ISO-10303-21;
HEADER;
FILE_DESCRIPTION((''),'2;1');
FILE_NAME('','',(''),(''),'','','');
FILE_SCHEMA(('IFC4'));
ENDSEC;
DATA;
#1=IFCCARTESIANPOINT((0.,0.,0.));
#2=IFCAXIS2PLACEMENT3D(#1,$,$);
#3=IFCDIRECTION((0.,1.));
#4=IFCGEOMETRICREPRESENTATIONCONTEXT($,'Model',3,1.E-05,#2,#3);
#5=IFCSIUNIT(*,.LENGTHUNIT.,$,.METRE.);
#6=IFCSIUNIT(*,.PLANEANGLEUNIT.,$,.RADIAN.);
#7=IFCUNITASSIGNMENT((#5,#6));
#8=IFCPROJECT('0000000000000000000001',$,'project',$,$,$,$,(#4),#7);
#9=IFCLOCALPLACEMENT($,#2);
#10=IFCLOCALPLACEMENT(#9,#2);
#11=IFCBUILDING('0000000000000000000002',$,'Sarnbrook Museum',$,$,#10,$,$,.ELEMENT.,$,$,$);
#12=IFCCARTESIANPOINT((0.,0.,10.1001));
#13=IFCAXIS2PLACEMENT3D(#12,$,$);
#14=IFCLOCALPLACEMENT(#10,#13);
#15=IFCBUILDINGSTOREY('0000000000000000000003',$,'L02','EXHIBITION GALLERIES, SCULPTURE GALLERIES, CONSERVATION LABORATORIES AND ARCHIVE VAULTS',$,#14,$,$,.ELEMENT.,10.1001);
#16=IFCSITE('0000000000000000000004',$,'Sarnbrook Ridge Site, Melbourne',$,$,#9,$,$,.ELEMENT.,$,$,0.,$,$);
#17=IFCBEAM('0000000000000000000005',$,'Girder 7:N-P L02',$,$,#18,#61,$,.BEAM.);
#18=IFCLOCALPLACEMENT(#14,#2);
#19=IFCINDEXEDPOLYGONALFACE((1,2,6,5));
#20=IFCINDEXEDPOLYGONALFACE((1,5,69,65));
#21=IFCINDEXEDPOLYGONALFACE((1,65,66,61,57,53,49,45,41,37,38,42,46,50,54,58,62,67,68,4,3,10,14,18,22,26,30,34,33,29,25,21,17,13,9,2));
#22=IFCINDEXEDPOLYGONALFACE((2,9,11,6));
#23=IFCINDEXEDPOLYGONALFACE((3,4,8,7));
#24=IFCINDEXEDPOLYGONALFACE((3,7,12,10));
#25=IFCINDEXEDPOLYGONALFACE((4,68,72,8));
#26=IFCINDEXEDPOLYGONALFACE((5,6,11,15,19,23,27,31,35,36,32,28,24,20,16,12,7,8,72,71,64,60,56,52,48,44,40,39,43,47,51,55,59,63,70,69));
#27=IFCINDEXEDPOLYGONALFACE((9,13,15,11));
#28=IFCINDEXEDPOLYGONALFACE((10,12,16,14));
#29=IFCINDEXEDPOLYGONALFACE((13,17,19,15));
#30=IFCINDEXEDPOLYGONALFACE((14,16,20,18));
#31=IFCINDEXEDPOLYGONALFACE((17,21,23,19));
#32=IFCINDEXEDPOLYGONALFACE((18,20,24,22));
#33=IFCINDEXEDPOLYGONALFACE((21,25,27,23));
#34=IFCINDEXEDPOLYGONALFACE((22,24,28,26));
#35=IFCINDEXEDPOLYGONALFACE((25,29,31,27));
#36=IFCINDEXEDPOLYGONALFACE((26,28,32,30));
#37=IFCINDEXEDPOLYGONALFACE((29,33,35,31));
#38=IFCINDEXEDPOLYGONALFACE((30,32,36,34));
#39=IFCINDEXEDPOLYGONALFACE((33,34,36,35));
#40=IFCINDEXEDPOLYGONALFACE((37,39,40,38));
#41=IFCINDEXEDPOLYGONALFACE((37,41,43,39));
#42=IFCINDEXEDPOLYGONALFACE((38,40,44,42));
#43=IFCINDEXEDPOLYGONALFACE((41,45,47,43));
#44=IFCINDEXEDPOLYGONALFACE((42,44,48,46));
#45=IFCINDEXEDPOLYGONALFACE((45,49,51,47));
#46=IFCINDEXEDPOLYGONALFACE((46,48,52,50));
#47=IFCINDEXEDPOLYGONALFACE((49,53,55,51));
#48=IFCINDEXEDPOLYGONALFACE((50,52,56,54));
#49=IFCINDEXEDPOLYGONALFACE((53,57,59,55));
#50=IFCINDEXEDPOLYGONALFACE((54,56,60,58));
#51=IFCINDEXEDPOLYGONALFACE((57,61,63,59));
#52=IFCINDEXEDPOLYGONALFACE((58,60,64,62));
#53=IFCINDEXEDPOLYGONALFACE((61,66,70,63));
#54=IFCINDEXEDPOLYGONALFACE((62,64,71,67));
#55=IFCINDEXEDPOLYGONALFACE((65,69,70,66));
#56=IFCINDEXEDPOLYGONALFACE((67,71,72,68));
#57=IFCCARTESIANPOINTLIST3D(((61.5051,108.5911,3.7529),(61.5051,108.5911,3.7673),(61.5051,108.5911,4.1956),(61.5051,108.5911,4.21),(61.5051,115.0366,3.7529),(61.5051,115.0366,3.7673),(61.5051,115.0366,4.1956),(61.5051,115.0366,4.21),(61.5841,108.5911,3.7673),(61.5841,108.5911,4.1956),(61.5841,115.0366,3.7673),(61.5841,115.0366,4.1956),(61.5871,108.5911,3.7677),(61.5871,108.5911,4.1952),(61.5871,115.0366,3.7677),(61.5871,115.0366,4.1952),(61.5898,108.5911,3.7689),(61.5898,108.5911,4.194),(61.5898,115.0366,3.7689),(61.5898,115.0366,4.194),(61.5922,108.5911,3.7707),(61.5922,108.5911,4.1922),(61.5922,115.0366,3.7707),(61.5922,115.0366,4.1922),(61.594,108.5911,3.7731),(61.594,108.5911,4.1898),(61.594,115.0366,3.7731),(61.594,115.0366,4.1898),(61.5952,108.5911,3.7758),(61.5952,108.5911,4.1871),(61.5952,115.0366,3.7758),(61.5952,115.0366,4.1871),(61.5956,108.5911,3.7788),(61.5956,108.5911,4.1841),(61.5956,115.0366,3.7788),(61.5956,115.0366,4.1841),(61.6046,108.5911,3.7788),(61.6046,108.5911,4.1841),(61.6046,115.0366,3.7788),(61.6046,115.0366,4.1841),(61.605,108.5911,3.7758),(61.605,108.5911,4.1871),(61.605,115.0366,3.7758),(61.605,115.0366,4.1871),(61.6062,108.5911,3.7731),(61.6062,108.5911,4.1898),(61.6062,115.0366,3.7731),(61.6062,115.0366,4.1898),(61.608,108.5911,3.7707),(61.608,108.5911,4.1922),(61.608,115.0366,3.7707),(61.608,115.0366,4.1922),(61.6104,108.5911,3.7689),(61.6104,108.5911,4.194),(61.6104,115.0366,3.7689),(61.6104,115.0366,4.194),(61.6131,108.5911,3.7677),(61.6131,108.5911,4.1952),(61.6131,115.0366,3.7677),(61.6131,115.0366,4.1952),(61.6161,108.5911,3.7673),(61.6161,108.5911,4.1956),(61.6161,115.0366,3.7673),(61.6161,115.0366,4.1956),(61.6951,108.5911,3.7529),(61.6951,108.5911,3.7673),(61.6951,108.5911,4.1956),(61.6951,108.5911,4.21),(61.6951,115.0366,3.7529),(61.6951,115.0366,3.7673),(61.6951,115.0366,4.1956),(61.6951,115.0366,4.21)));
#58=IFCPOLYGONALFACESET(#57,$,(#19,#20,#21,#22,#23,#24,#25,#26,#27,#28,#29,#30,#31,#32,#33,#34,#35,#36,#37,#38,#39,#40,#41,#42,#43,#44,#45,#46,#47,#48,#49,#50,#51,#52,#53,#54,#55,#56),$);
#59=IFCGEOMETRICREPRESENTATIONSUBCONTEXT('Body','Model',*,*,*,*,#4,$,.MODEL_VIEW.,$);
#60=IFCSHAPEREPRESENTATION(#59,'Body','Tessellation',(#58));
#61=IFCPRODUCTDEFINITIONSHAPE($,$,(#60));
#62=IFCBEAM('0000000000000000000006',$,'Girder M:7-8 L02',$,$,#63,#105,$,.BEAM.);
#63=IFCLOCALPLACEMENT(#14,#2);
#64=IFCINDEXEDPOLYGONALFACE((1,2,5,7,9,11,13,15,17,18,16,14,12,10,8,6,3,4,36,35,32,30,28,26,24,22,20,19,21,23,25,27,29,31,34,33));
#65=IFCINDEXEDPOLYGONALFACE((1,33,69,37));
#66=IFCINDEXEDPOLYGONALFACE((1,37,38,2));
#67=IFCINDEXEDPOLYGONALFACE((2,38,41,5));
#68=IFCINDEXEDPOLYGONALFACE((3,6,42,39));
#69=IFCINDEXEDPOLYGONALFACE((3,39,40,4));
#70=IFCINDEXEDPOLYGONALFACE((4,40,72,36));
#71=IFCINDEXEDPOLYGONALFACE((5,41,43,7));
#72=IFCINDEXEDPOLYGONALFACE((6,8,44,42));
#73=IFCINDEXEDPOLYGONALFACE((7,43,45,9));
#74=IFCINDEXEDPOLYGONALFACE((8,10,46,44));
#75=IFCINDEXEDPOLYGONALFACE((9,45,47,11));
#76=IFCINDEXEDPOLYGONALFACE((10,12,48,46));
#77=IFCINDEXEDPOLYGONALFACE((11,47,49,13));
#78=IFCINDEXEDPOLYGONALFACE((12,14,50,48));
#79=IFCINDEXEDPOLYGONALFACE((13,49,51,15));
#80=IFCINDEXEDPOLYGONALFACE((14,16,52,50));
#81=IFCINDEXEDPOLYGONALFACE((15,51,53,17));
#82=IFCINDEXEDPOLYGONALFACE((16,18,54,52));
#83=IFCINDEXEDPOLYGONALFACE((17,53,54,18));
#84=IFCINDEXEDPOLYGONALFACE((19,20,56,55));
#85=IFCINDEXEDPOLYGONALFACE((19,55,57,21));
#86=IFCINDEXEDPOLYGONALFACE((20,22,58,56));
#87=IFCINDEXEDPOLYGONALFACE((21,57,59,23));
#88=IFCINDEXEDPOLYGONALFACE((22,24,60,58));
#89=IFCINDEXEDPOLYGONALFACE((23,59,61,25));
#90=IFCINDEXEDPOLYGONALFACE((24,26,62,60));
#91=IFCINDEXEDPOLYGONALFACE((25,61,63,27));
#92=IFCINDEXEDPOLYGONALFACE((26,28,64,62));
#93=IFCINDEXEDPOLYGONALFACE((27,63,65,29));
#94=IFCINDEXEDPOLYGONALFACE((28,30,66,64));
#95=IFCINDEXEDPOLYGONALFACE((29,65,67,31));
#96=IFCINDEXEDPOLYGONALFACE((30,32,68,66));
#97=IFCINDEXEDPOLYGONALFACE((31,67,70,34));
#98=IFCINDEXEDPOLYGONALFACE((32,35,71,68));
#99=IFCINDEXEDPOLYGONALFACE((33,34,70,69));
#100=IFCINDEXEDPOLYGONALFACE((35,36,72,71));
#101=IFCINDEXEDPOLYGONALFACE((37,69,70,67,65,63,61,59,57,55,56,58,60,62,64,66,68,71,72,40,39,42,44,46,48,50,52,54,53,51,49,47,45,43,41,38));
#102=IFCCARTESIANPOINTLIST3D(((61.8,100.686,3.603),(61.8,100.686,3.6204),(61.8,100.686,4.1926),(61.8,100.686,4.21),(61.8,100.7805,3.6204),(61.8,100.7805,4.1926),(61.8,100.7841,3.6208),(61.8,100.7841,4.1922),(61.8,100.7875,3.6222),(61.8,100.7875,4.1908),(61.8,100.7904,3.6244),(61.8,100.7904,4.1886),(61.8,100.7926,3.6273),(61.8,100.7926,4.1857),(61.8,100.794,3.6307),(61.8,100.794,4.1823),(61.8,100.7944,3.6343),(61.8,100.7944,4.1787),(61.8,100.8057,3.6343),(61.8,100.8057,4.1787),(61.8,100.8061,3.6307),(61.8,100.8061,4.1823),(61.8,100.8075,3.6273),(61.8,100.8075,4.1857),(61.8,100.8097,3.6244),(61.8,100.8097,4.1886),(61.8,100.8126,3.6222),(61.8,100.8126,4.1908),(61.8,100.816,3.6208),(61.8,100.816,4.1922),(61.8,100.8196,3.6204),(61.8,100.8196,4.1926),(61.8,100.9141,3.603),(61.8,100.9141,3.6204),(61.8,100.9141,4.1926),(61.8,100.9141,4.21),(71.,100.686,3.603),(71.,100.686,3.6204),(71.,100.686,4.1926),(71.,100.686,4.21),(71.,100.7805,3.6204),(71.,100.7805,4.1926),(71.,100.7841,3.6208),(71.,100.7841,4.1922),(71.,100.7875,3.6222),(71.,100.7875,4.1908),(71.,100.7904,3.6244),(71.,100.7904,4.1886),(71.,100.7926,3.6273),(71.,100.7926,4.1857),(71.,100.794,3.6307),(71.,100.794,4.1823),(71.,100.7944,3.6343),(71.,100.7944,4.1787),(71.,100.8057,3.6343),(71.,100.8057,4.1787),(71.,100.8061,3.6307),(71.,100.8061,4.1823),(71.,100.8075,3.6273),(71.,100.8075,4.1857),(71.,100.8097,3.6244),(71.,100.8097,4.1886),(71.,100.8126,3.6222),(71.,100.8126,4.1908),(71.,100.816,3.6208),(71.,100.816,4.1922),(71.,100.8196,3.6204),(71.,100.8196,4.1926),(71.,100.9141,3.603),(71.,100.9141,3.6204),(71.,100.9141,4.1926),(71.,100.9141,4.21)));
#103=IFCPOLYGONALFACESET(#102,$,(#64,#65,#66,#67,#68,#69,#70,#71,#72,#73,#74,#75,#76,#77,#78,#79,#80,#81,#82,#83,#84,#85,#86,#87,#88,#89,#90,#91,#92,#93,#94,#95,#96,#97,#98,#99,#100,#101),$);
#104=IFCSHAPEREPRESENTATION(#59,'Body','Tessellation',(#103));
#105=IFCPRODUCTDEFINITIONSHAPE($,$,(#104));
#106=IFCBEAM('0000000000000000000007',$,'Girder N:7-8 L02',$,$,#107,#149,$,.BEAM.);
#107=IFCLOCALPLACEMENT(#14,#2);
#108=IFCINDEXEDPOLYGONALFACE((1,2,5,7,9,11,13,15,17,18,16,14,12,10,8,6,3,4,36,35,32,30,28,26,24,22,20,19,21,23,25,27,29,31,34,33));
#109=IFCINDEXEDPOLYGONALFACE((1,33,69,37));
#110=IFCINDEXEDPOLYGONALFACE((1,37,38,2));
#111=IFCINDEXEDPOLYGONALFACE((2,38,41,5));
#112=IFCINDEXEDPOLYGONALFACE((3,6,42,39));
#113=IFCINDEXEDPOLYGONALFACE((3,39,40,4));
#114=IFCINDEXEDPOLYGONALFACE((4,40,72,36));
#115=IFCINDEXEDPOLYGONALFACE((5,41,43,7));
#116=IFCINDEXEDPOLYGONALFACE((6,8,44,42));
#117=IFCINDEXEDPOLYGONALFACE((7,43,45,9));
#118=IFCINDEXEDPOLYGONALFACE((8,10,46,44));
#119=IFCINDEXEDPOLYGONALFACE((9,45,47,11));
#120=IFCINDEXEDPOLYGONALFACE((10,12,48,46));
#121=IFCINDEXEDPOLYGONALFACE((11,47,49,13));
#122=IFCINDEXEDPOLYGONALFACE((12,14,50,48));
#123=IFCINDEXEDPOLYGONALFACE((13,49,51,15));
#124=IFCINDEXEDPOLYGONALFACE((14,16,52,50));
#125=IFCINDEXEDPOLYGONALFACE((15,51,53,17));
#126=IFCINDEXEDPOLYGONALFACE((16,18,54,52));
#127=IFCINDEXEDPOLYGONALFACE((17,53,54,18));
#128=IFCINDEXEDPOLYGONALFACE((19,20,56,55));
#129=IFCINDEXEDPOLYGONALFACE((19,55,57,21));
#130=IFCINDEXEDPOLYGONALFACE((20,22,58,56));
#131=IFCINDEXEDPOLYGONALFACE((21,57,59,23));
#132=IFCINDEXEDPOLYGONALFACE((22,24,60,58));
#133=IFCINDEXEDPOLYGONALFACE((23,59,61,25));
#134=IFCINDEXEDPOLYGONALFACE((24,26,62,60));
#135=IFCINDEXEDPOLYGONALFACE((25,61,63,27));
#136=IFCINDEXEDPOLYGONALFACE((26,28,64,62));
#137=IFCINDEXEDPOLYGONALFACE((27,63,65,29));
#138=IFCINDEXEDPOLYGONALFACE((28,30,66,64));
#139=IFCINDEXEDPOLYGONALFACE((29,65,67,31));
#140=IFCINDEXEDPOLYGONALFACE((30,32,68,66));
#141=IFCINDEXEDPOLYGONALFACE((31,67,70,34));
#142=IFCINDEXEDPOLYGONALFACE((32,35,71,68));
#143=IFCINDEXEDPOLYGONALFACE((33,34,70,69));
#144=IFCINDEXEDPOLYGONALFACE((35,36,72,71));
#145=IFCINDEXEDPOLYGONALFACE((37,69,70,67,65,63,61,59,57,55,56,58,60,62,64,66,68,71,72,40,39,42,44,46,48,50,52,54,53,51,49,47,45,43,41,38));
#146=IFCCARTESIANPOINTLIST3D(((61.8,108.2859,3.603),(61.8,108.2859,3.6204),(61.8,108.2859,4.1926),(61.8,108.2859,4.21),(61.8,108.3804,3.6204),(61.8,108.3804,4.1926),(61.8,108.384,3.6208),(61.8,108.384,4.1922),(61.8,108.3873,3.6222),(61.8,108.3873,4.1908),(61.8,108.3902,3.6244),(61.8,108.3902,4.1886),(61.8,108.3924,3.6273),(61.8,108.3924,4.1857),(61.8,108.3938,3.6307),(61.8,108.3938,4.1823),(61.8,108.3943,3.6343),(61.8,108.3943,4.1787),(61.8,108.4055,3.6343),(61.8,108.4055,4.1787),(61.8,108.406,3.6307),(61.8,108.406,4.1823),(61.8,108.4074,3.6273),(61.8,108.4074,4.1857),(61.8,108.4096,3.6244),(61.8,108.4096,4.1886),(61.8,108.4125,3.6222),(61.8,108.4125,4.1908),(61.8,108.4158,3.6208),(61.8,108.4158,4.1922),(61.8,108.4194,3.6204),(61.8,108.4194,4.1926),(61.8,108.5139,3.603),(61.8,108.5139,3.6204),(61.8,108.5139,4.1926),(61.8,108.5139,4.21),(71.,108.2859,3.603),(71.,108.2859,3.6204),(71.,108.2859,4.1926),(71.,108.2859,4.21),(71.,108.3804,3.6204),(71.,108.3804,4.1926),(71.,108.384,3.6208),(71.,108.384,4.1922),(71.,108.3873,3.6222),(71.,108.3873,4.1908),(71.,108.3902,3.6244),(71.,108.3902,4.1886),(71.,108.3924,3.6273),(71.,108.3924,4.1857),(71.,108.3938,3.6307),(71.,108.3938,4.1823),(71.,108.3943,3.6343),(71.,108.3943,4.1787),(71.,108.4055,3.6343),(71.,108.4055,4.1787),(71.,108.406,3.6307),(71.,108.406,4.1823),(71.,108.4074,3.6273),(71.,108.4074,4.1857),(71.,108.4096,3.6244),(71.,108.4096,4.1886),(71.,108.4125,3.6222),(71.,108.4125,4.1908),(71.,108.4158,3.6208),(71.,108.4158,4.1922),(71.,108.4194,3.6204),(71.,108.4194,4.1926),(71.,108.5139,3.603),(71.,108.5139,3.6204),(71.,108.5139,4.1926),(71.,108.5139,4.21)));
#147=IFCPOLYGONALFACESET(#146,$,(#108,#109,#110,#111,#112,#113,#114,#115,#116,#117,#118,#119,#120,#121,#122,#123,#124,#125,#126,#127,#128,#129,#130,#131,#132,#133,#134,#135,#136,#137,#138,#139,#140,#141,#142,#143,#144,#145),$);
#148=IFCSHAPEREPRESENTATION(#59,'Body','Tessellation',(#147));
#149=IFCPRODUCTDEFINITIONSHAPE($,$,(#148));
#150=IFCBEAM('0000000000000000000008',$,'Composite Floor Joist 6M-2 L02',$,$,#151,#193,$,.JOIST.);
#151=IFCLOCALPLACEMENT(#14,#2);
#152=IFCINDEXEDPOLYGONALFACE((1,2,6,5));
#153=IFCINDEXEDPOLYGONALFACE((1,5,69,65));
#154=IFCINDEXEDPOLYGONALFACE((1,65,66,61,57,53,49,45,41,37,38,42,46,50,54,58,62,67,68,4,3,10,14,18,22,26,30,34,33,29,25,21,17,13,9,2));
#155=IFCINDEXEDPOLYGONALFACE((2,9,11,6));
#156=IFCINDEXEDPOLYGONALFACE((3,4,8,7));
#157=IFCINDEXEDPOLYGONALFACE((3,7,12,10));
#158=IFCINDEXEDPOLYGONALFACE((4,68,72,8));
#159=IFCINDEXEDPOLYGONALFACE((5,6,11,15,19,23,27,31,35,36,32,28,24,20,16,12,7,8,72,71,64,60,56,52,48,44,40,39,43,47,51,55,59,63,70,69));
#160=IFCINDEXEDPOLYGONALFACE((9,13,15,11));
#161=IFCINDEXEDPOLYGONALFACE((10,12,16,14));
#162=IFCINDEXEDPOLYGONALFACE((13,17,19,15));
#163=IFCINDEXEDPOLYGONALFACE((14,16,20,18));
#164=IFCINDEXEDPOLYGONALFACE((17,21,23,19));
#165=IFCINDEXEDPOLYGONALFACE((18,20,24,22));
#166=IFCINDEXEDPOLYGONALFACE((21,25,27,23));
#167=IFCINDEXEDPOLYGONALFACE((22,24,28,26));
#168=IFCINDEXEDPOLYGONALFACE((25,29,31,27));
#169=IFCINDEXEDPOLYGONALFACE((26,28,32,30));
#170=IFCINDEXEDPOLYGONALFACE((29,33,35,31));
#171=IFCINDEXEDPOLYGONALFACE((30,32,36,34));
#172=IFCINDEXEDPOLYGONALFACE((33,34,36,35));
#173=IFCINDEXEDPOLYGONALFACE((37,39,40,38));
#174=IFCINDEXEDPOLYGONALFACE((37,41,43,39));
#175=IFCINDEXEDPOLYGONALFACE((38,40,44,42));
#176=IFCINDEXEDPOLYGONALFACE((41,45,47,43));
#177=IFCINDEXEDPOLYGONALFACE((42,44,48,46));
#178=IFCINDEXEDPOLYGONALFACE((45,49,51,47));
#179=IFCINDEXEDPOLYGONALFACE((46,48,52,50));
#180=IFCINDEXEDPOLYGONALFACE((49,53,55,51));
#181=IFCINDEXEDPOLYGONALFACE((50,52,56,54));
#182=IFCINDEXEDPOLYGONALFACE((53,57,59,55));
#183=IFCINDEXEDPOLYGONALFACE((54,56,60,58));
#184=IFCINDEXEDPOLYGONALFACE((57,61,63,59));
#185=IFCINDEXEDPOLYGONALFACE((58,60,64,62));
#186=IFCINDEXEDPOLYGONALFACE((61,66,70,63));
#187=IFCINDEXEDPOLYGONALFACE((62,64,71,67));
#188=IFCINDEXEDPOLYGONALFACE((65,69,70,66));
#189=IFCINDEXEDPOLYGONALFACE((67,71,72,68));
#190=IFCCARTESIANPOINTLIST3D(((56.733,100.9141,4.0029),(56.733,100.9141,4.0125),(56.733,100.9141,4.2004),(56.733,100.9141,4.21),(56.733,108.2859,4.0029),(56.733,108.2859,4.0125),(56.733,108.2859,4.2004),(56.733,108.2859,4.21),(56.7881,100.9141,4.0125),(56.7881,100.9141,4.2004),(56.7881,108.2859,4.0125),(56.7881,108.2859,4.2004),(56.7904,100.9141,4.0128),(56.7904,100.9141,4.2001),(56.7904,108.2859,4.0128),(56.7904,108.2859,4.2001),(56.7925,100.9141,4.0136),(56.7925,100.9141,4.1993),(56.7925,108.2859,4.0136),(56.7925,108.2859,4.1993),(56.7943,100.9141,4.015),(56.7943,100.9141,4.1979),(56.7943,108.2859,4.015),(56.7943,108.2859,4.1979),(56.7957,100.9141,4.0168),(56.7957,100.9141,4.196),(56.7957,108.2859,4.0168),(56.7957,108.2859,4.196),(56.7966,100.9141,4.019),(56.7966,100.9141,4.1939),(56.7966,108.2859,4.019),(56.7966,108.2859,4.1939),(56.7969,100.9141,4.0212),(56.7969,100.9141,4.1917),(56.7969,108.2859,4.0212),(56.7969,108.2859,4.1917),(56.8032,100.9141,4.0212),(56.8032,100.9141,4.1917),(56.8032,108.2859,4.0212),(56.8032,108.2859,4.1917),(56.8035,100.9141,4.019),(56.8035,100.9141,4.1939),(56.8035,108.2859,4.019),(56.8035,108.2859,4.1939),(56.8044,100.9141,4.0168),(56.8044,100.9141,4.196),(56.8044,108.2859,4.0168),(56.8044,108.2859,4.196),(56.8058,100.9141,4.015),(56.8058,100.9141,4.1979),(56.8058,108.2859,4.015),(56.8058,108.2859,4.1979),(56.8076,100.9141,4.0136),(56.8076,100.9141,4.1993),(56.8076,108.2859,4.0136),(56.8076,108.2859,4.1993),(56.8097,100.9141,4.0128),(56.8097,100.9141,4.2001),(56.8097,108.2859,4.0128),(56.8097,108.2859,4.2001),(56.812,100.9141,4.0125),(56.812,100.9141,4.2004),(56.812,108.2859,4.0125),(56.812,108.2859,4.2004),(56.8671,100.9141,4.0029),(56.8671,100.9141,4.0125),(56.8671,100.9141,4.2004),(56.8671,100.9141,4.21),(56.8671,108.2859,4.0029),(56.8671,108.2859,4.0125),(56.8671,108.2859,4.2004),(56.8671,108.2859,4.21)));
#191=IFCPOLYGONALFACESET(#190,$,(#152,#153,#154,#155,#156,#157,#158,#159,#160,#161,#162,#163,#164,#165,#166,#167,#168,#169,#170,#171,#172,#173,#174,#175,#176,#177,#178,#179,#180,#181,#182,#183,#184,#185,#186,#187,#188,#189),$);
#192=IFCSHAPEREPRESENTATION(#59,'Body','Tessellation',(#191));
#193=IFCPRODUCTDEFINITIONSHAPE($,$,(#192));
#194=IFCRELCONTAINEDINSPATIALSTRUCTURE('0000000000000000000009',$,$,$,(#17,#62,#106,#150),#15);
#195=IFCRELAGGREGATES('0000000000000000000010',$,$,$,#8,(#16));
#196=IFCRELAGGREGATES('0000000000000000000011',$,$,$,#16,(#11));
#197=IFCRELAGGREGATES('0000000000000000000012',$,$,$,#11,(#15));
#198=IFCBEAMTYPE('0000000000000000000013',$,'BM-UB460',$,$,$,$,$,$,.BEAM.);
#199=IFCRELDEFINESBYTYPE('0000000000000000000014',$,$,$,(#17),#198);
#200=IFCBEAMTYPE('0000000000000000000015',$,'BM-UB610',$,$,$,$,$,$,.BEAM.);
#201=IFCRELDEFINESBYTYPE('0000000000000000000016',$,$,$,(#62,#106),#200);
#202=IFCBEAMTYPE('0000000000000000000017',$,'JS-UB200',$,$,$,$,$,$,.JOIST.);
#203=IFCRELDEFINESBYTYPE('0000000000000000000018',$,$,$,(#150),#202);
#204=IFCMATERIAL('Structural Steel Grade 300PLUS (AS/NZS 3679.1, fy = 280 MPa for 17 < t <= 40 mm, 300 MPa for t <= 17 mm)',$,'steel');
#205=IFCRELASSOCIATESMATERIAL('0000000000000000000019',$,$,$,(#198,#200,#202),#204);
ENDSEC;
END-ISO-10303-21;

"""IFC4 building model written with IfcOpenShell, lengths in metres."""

from ifc_helpers import new_model, si_unit, direction, frame, origin, origin_2d, place, context, subcontext, project, spatial, i_section, extrude, material, material_profile, profile_set, type_object, element, save


model = new_model("IFC4")

# Units and contexts
model_context = context("Model", 3, precision=1e-05, world=origin(), true_north=direction((0.0, 1.0)))
body_context = subcontext(model_context, "Body", "Model", "MODEL_VIEW")
ifc_project = project(units=[si_unit("LENGTHUNIT", "METRE"), si_unit("PLANEANGLEUNIT", "RADIAN")], contexts=[model_context])

# Site, building, storey
site_placement = place(None, origin())
site = spatial("IfcSite", under=ifc_project, at=site_placement, Name="Sarnbrook Ridge Site, Melbourne", CompositionType="ELEMENT", RefElevation=0.0)
building_placement = place(site_placement, origin())
building = spatial("IfcBuilding", under=site, at=building_placement, Name="Sarnbrook Museum", CompositionType="ELEMENT")
storey_placement = place(building_placement, frame((0.0, 0.0, 10.1001)))
storey = spatial("IfcBuildingStorey", under=building, at=storey_placement, Name="L02", Description="EXHIBITION GALLERIES, SCULPTURE GALLERIES, CONSERVATION LABORATORIES AND ARCHIVE VAULTS", CompositionType="ELEMENT", Elevation=10.1001)

# Shared definitions
ifc_material_1 = material(Name="Structural Steel Grade 300PLUS (AS/NZS 3679.1, fy = 280 MPa for 17 < t <= 40 mm, 300 MPa for t <= 17 mm)", Category="steel")

# Beams
ifc_material_profile_1 = material_profile(ifc_material_1, i_section(OverallWidth=0.1899, OverallDepth=0.457, WebThickness=0.009, FlangeThickness=0.0144, FilletRadius=0.0115, at=origin_2d()), Name="460UB74.6")
ifc_profile_set_1 = profile_set([ifc_material_profile_1], Name="Structural Steel Grade 300PLUS (AS/NZS 3679.1, fy = 280 MPa for 17 < t <= 40 mm, 300 MPa for t <= 17 mm)")
beam_type_1 = type_object("IfcBeamType", Name="BM-UB460", PredefinedType="BEAM", material=ifc_profile_set_1)
beam_1_placement = place(storey_placement, frame((61.6001, 108.5911, 3.9814), z_axis=(0.0, 1.0, 0.0), x_axis=(-1.0, 0.0, 0.0)))
element("IfcBeam", 1, at=beam_1_placement, inside=storey, type_object=beam_type_1, Name="Girder 7:N-P L02", PredefinedType="BEAM", context=body_context, shape_type="SweptSolid", body=[
    extrude(i_section(OverallWidth=0.1899, OverallDepth=0.457, WebThickness=0.009, FlangeThickness=0.0144, FilletRadius=0.0115, at=origin_2d()), origin(), (0.0, 0.0, 1.0), 6.4456),
])
ifc_material_profile_2 = material_profile(ifc_material_1, i_section(OverallWidth=0.228, OverallDepth=0.6069, WebThickness=0.0112, FlangeThickness=0.0173, FilletRadius=0.0139, at=origin_2d()), Name="610UB113")
ifc_profile_set_2 = profile_set([ifc_material_profile_2], Name="Structural Steel Grade 300PLUS (AS/NZS 3679.1, fy = 280 MPa for 17 < t <= 40 mm, 300 MPa for t <= 17 mm)")
beam_type_2 = type_object("IfcBeamType", Name="BM-UB610", PredefinedType="BEAM", material=ifc_profile_set_2)
for number, where, z_axis, x_axis, name in (
    (2, (61.8, 100.8, 3.9065), (1.0, 0.0, 0.0), (0.0, 1.0, 0.0), "Girder M:7-8 L02"),
    (3, (61.8, 108.3999, 3.9065), (1.0, 0.0, 0.0), (0.0, 1.0, 0.0), "Girder N:7-8 L02"),
):
    element("IfcBeam", number, at=place(storey_placement, frame(where, z_axis=z_axis, x_axis=x_axis)), inside=storey, type_object=beam_type_2, Name=name, PredefinedType="BEAM", context=body_context, shape_type="SweptSolid", body=[
        extrude(i_section(OverallWidth=0.228, OverallDepth=0.6069, WebThickness=0.0112, FlangeThickness=0.0173, FilletRadius=0.0139, at=origin_2d()), origin(), (0.0, 0.0, 1.0), 9.2),
    ])
ifc_material_profile_3 = material_profile(ifc_material_1, i_section(OverallWidth=0.134, OverallDepth=0.207, WebThickness=0.0063, FlangeThickness=0.0095, FilletRadius=0.0088, at=origin_2d()), Name="200UB29.8")
ifc_profile_set_3 = profile_set([ifc_material_profile_3], Name="Structural Steel Grade 300PLUS (AS/NZS 3679.1, fy = 280 MPa for 17 < t <= 40 mm, 300 MPa for t <= 17 mm)")
beam_type_3 = type_object("IfcBeamType", Name="JS-UB200", PredefinedType="JOIST", material=ifc_profile_set_3)
for number, where, z_axis, x_axis, name in (
    (4, (56.8, 100.9141, 4.1064), (0.0, 1.0, 0.0), (-1.0, 0.0, 0.0), "Composite Floor Joist 6M-2 L02"),
):
    element("IfcBeam", number, at=place(storey_placement, frame(where, z_axis=z_axis, x_axis=x_axis)), inside=storey, type_object=beam_type_3, Name=name, PredefinedType="JOIST", context=body_context, shape_type="SweptSolid", body=[
        extrude(i_section(OverallWidth=0.134, OverallDepth=0.207, WebThickness=0.0063, FlangeThickness=0.0095, FilletRadius=0.0088, at=origin_2d()), origin(), (0.0, 0.0, 1.0), 7.3718),
    ])

save(model, "model.ifc")
